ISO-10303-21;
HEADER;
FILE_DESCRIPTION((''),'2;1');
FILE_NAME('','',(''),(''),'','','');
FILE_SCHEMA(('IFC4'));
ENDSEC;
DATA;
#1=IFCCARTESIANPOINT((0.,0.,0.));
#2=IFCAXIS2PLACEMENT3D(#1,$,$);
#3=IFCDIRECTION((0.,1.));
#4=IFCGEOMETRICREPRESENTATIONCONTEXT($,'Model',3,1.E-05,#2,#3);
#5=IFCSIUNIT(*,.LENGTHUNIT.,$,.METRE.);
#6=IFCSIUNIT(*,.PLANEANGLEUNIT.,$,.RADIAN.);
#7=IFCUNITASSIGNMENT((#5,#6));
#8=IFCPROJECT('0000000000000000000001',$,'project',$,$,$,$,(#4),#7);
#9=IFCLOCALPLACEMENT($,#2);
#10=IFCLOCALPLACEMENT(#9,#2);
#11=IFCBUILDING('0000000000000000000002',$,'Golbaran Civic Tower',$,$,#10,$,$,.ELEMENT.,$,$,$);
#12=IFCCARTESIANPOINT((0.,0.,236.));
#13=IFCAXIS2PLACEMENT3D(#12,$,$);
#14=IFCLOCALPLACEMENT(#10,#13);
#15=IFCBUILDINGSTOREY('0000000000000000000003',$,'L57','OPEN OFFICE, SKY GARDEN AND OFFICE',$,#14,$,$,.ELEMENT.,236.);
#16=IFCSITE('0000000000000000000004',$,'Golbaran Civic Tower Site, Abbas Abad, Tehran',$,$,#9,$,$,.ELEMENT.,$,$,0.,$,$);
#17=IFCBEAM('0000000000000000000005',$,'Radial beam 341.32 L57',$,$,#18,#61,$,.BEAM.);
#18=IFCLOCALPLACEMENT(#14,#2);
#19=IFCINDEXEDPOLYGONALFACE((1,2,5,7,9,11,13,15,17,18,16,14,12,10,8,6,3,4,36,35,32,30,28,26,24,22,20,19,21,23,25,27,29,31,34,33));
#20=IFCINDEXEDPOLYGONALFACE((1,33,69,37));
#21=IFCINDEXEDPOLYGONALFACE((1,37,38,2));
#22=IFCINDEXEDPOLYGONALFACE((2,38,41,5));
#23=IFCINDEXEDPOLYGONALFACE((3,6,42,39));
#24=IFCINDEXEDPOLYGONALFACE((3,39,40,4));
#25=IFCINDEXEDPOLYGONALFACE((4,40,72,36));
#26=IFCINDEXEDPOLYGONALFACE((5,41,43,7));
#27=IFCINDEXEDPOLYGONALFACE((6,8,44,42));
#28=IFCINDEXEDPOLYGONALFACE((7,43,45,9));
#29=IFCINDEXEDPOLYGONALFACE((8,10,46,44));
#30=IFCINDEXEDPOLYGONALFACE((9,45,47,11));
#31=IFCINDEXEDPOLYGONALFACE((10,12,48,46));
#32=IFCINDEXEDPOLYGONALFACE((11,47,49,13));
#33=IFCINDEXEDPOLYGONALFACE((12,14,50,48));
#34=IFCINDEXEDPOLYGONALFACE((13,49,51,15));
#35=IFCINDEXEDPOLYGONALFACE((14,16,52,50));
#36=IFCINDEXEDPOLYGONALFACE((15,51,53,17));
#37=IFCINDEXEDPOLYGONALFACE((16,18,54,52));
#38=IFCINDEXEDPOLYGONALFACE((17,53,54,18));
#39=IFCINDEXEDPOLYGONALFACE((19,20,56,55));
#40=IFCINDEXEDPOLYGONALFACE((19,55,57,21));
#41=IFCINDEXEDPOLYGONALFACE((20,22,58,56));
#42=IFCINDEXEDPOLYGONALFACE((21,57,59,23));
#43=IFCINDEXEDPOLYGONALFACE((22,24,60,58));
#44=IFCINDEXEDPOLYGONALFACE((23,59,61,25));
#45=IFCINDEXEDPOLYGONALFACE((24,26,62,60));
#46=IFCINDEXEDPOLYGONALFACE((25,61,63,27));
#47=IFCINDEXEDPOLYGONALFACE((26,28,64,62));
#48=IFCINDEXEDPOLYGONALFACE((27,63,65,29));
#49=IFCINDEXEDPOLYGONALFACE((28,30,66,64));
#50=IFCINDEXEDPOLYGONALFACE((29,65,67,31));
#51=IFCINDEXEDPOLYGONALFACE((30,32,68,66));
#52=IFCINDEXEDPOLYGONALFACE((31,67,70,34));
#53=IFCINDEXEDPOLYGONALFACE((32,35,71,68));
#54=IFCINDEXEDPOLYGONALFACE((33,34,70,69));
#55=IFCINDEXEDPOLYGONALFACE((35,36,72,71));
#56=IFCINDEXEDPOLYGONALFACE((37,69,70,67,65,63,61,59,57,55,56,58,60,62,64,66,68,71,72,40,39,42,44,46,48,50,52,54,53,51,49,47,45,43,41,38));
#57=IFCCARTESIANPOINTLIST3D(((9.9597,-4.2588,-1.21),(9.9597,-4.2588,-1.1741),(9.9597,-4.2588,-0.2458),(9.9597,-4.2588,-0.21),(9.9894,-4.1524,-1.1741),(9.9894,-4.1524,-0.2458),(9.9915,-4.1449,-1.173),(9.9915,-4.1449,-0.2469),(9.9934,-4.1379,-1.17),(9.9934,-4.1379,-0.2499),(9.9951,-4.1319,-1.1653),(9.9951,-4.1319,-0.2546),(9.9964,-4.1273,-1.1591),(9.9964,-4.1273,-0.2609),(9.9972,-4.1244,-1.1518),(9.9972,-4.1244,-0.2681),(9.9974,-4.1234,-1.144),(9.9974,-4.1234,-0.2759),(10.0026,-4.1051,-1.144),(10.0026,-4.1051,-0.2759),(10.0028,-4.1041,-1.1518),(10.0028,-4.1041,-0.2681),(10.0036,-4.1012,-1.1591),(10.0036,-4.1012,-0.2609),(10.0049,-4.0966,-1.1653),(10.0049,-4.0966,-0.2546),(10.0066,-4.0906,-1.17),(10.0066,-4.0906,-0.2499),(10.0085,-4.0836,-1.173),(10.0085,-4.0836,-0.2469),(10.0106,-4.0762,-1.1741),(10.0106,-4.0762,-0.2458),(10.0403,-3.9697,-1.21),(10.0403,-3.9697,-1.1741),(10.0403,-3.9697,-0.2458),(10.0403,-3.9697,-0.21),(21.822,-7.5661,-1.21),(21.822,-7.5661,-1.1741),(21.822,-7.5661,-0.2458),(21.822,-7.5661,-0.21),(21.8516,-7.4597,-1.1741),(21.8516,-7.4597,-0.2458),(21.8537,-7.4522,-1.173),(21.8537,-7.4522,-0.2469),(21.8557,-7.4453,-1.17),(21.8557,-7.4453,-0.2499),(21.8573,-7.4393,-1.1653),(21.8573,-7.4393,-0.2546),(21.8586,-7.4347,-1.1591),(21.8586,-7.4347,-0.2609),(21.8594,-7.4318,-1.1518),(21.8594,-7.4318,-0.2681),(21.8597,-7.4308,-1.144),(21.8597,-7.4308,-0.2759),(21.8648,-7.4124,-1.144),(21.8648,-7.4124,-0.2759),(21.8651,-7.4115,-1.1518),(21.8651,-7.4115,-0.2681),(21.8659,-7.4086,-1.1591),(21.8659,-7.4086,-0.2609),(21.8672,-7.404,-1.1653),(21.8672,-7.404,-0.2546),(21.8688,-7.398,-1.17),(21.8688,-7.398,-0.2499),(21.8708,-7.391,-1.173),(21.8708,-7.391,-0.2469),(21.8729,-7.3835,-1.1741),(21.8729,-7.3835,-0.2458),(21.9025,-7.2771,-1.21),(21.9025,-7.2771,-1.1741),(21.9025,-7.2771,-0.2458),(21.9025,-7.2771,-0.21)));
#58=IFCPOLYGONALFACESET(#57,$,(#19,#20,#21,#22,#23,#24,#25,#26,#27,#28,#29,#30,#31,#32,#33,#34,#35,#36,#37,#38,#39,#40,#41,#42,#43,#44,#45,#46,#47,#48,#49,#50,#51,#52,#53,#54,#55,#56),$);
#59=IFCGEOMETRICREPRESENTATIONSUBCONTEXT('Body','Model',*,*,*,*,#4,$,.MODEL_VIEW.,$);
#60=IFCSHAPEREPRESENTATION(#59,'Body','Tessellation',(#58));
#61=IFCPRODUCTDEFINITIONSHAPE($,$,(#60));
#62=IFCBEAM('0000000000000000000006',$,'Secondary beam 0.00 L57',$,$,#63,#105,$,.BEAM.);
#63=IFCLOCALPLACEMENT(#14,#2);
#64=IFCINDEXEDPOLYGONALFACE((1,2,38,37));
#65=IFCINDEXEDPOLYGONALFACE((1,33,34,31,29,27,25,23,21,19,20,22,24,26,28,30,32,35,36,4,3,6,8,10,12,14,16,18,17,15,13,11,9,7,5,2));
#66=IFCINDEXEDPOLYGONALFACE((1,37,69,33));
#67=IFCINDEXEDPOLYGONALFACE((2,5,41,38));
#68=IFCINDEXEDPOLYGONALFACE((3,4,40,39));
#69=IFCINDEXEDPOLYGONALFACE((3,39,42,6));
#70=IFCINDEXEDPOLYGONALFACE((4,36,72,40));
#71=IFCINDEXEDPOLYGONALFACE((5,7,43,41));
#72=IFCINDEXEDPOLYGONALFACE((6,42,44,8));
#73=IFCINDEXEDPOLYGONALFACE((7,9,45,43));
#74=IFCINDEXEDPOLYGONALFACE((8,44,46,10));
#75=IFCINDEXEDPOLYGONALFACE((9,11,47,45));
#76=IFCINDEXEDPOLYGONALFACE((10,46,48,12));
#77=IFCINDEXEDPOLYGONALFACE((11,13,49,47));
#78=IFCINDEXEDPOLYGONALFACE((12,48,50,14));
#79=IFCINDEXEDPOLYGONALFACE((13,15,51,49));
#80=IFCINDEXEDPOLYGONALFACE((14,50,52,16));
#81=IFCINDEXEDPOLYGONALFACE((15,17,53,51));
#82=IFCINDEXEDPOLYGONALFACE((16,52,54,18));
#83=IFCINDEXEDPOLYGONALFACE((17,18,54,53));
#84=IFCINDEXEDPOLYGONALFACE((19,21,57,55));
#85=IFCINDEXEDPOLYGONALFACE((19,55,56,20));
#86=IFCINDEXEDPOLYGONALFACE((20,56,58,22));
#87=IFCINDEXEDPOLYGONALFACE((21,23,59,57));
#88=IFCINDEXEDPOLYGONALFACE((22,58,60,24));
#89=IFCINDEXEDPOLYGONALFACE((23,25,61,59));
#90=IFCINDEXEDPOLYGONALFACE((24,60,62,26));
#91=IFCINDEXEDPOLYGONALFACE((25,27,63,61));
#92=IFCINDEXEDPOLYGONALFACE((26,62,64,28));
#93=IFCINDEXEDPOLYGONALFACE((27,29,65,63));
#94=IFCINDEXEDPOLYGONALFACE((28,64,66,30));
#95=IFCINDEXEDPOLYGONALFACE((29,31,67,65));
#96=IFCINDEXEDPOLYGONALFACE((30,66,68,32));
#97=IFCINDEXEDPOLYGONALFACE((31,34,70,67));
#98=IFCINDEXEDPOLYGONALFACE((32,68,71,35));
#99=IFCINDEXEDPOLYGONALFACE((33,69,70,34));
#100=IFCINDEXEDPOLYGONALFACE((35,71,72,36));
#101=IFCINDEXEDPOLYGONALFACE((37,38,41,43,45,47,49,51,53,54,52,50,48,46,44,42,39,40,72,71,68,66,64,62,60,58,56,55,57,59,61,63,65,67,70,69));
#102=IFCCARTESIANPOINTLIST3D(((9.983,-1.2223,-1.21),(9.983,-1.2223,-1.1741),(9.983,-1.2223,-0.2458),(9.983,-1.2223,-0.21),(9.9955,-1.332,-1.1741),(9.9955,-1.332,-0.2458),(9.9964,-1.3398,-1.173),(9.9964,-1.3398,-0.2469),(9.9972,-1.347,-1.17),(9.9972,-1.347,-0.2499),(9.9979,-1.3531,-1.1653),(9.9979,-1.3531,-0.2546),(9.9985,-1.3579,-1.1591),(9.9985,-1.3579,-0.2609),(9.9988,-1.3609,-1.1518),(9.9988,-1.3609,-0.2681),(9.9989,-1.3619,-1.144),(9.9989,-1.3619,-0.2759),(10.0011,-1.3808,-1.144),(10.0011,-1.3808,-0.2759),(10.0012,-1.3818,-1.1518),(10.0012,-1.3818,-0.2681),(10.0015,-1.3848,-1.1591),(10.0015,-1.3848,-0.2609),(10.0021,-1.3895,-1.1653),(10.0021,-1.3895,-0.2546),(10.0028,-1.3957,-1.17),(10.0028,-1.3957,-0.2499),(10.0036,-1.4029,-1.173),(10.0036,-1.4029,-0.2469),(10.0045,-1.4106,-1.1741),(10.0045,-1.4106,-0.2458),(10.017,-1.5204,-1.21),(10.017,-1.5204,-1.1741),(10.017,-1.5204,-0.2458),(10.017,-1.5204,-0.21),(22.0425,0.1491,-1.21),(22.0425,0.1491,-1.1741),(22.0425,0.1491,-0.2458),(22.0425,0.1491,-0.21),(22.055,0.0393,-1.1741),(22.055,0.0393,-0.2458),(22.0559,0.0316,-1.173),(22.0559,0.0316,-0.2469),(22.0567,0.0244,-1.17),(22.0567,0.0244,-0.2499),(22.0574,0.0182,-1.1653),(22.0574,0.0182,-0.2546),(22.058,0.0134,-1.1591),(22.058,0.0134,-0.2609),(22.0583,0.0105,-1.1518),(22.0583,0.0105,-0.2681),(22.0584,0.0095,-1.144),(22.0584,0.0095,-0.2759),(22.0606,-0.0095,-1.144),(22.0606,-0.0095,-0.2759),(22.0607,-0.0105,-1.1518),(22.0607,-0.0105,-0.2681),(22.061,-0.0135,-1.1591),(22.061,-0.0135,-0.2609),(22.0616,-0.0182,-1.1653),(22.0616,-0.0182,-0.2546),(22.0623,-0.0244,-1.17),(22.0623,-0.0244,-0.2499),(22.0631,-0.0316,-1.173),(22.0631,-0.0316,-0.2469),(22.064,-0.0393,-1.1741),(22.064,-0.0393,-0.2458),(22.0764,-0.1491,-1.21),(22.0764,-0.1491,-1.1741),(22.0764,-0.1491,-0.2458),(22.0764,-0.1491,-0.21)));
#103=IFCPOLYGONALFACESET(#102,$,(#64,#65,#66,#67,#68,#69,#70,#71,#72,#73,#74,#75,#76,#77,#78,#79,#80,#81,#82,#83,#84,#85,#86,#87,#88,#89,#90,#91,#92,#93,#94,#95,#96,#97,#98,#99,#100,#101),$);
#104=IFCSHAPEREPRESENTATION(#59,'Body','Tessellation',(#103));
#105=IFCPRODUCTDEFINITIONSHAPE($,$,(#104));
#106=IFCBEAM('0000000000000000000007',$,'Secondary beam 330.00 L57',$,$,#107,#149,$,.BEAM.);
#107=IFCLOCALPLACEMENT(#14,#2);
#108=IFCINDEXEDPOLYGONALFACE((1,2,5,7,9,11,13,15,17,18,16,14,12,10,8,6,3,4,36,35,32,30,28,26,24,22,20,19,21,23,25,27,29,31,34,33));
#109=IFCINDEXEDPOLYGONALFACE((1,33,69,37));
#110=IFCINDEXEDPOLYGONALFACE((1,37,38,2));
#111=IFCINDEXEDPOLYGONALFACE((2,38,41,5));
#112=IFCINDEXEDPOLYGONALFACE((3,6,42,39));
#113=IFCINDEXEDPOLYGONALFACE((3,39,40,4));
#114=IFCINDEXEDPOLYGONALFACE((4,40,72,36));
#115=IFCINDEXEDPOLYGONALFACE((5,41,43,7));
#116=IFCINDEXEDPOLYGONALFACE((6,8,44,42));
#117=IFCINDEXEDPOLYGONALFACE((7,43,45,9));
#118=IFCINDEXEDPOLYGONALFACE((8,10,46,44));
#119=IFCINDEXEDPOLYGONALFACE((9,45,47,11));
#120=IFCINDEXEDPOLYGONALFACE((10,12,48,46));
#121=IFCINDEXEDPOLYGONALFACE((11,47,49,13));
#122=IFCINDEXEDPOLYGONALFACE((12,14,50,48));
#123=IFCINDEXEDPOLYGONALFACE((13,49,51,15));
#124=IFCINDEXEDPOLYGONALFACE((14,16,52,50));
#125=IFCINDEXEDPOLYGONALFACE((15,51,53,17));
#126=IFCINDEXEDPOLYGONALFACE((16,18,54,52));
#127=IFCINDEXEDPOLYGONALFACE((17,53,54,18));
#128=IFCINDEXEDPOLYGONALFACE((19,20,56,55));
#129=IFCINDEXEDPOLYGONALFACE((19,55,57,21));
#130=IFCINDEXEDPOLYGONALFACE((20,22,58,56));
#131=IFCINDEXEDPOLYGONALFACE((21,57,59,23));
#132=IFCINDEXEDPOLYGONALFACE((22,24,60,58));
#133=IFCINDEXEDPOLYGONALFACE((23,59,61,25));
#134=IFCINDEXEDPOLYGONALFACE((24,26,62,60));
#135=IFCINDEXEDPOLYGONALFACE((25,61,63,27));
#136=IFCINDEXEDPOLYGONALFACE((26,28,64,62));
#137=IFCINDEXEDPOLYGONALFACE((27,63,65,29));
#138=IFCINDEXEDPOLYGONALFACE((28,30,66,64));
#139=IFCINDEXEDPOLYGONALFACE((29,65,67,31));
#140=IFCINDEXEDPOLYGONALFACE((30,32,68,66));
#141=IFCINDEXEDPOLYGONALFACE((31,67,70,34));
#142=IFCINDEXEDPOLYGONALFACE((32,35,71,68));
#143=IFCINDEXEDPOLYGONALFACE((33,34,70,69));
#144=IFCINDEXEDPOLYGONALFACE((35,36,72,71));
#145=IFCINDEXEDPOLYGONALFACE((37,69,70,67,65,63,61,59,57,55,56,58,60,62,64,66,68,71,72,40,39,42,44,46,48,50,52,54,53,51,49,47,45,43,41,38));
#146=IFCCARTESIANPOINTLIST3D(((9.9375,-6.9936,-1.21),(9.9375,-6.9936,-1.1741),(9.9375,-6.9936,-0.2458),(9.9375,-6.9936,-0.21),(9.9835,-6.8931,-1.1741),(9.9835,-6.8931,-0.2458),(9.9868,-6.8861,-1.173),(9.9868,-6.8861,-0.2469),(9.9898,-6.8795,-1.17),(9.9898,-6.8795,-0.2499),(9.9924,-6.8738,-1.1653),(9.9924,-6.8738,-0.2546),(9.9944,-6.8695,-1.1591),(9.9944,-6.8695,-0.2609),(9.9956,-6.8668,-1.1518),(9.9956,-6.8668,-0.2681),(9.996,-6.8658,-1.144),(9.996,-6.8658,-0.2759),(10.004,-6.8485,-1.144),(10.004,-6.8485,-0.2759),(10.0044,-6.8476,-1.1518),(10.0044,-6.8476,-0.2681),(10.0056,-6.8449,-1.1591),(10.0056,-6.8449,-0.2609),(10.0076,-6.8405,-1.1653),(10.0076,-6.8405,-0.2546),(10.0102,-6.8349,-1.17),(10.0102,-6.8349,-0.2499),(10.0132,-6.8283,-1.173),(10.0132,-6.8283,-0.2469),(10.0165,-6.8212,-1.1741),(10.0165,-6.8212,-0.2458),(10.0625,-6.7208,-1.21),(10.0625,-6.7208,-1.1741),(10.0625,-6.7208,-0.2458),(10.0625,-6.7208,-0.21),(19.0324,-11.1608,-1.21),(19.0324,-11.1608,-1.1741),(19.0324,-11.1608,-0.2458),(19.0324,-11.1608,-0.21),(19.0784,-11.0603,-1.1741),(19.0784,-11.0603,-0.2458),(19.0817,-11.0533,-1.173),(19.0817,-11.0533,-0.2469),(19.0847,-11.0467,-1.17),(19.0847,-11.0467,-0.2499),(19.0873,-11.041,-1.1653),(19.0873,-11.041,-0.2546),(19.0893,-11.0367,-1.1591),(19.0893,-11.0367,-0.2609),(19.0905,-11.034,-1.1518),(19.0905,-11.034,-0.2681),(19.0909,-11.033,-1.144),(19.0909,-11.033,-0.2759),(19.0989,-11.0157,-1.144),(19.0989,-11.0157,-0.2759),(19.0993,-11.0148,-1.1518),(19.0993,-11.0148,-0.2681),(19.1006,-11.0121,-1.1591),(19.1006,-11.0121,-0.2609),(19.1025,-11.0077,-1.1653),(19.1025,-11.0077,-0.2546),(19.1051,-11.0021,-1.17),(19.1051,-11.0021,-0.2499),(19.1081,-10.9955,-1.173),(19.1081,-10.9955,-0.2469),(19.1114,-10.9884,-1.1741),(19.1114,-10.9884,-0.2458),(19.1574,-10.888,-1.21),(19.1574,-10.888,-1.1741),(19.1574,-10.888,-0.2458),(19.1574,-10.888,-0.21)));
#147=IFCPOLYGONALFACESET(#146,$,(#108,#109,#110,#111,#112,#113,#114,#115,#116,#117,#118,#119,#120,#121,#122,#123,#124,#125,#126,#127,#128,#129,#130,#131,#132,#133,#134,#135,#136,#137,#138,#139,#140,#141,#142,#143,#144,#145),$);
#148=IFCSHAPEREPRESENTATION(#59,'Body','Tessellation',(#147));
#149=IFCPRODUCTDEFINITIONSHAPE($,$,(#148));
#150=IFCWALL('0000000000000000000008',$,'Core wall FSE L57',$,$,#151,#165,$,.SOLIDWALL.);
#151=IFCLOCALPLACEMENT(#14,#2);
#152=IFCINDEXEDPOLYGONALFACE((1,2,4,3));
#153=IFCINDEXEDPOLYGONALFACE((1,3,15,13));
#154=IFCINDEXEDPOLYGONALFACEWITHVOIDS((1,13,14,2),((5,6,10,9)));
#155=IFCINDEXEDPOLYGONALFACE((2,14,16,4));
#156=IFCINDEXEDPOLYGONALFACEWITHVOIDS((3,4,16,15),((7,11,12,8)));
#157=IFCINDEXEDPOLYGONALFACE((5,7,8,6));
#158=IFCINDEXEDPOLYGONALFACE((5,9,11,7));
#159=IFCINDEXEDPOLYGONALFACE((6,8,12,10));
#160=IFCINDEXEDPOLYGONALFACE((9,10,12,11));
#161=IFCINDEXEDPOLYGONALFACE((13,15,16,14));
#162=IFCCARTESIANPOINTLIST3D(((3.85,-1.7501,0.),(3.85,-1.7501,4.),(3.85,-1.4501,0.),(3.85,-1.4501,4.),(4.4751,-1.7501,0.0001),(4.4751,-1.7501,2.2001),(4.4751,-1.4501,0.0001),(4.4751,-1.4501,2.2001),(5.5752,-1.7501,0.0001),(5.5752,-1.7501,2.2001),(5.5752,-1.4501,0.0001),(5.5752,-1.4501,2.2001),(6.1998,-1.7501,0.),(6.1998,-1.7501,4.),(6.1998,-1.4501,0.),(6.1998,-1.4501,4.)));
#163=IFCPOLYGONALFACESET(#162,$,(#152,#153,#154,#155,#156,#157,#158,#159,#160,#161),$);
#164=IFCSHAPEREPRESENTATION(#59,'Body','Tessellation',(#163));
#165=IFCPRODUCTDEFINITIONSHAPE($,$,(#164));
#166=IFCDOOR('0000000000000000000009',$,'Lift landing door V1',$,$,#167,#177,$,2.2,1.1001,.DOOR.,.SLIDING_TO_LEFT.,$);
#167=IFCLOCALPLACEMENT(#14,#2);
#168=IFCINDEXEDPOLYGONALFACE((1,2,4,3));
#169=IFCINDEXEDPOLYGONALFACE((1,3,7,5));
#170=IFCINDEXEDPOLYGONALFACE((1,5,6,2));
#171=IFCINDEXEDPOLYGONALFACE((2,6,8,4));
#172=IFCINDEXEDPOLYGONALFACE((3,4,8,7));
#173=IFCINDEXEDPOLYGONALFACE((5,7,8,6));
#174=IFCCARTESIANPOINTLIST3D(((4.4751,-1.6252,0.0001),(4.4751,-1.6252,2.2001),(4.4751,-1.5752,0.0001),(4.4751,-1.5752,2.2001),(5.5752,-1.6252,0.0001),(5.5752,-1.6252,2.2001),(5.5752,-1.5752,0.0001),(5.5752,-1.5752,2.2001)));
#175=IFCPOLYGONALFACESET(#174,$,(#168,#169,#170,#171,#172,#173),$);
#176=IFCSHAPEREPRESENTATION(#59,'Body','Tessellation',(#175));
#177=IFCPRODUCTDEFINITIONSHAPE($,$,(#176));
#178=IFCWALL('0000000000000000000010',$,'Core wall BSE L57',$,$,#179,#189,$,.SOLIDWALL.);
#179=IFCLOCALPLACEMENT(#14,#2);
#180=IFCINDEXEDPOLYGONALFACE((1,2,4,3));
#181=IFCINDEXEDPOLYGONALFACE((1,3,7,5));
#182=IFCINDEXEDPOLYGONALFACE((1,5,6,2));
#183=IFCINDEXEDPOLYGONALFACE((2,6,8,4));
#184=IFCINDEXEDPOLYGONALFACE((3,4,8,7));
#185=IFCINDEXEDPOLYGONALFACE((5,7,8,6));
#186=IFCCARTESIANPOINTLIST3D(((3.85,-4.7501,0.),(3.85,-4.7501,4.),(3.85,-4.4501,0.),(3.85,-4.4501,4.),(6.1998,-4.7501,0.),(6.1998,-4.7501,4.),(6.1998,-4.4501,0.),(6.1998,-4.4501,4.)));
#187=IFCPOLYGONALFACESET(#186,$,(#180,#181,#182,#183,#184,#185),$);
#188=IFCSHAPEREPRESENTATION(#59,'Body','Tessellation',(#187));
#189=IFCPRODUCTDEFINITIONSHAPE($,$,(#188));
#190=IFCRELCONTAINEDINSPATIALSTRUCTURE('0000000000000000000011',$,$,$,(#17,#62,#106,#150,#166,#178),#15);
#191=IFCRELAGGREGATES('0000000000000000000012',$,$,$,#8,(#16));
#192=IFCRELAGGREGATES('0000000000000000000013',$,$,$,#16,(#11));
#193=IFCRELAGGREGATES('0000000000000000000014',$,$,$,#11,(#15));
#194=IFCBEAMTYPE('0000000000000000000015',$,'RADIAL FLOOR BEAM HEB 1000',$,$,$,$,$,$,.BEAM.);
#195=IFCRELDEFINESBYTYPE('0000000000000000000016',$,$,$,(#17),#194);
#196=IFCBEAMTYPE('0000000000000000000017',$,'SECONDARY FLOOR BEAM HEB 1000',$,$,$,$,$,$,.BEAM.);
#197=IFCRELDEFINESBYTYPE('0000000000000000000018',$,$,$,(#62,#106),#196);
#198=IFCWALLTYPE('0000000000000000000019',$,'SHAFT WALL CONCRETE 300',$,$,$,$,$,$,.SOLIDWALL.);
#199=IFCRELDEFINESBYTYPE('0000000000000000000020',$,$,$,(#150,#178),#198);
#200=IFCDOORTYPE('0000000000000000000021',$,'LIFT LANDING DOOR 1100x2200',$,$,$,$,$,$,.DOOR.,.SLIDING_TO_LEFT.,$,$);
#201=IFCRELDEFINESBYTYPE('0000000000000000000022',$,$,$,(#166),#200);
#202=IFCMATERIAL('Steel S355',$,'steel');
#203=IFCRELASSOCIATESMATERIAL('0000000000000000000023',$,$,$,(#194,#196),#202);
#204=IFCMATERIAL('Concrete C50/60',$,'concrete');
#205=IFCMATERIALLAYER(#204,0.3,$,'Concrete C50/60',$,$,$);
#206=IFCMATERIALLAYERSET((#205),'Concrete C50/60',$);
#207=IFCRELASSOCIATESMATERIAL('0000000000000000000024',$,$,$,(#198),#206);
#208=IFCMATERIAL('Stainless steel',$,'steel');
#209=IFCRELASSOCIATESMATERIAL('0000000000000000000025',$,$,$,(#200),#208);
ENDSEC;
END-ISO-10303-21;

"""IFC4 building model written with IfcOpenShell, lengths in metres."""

from ifc_helpers import new_model, si_unit, direction, frame, frame_2d, origin, origin_2d, place, context, subcontext, project, spatial, rectangle, i_section, extrude, material, layer, layer_set, material_profile, profile_set, type_object, element, fill, save


model = new_model("IFC4")

# Units and contexts
model_context = context("Model", 3, precision=1e-05, world=origin(), true_north=direction((0.0, 1.0)))
body_context = subcontext(model_context, "Body", "Model", "MODEL_VIEW")
ifc_project = project(units=[si_unit("LENGTHUNIT", "METRE"), si_unit("PLANEANGLEUNIT", "RADIAN")], contexts=[model_context])

# Site, building, storey
site_placement = place(None, origin())
site = spatial("IfcSite", under=ifc_project, at=site_placement, Name="Golbaran Civic Tower Site, Abbas Abad, Tehran", CompositionType="ELEMENT", RefElevation=0.0)
building_placement = place(site_placement, origin())
building = spatial("IfcBuilding", under=site, at=building_placement, Name="Golbaran Civic Tower", CompositionType="ELEMENT")
storey_placement = place(building_placement, frame((0.0, 0.0, 236.0)))
storey = spatial("IfcBuildingStorey", under=building, at=storey_placement, Name="L57", Description="OPEN OFFICE, SKY GARDEN AND OFFICE", CompositionType="ELEMENT", Elevation=236.0)

# Beams
ifc_material_1 = material(Name="Steel S355", Category="steel")
ifc_material_profile_1 = material_profile(ifc_material_1, i_section(OverallWidth=0.3, OverallDepth=1.0, WebThickness=0.019, FlangeThickness=0.0359, FilletRadius=0.03, at=origin_2d()), Name="HEB 1000")
ifc_profile_set_1 = profile_set([ifc_material_profile_1], Name="Steel S355")
beam_type_1 = type_object("IfcBeamType", Name="RADIAL FLOOR BEAM HEB 1000", PredefinedType="BEAM", material=ifc_profile_set_1)
beam_1_placement = place(storey_placement, frame((10.0, -4.1143, -0.71), z_axis=(0.96326, -0.26857, 0.0), x_axis=(0.26857, 0.96326, 0.0)))
element("IfcBeam", 1, at=beam_1_placement, inside=storey, type_object=beam_type_1, Name="Radial beam 341.32 L57", PredefinedType="BEAM", context=body_context, shape_type="SweptSolid", body=[
    extrude(i_section(OverallWidth=0.3, OverallDepth=1.0, WebThickness=0.019, FlangeThickness=0.0359, FilletRadius=0.03, at=origin_2d()), origin(), (0.0, 0.0, 1.0), 12.3147),
])
ifc_material_profile_2 = material_profile(ifc_material_1, i_section(OverallWidth=0.3, OverallDepth=1.0, WebThickness=0.019, FlangeThickness=0.0359, FilletRadius=0.03, at=origin_2d()), Name="HEB 1000")
ifc_profile_set_2 = profile_set([ifc_material_profile_2], Name="Steel S355")
beam_type_2 = type_object("IfcBeamType", Name="SECONDARY FLOOR BEAM HEB 1000", PredefinedType="BEAM", material=ifc_profile_set_2)
beam_2_placement = place(storey_placement, frame((10.0, -1.3713, -0.71), z_axis=(0.993597, 0.112986, 0.0), x_axis=(-0.112986, 0.993597, 0.0)))
element("IfcBeam", 2, at=beam_2_placement, inside=storey, type_object=beam_type_2, Name="Secondary beam 0.00 L57", PredefinedType="BEAM", context=body_context, shape_type="SweptSolid", body=[
    extrude(i_section(OverallWidth=0.3, OverallDepth=1.0, WebThickness=0.019, FlangeThickness=0.0359, FilletRadius=0.03, at=origin_2d()), origin(), (0.0, 0.0, 1.0), 12.1372),
])
beam_3_placement = place(storey_placement, frame((10.0, -6.8572, -0.71), z_axis=(0.909114, -0.416548, 0.0), x_axis=(0.416548, 0.909114, 0.0)))
element("IfcBeam", 3, at=beam_3_placement, inside=storey, type_object=beam_type_2, Name="Secondary beam 330.00 L57", PredefinedType="BEAM", context=body_context, shape_type="SweptSolid", body=[
    extrude(i_section(OverallWidth=0.3, OverallDepth=1.0, WebThickness=0.019, FlangeThickness=0.0359, FilletRadius=0.03, at=origin_2d()), origin(), (0.0, 0.0, 1.0), 10.0042),
])

# Wall, opening, door
ifc_material_2 = material(Name="Concrete C50/60", Category="concrete")
ifc_layer = layer(ifc_material_2, 0.3, Name="Concrete C50/60")
ifc_layer_set = layer_set([ifc_layer], Name="Concrete C50/60")
wall_type = type_object("IfcWallType", Name="SHAFT WALL CONCRETE 300", PredefinedType="SOLIDWALL", material=ifc_layer_set)
wall_1_placement = place(storey_placement, frame((3.8501, -1.6001, 0.0), z_axis=(0.0, 0.0, 1.0), x_axis=(1.0, 0.0, 0.0)))
wall_1 = element("IfcWall", 4, at=wall_1_placement, inside=storey, type_object=wall_type, Name="Core wall FSE L57", PredefinedType="SOLIDWALL", context=body_context, shape_type="SweptSolid", body=[
    extrude(rectangle(XDim=2.3499, YDim=0.3, at=frame_2d((1.1748, 0.0))), origin(), (0.0, 0.0, 1.0), 4.0),
])
opening_1_placement = place(wall_1_placement, frame((0.625, 0.0, 0.0)))
opening_1 = element("IfcOpeningElement", 5, at=opening_1_placement, cuts=wall_1, PredefinedType="OPENING", context=body_context, shape_type="SweptSolid", body=[
    extrude(rectangle(XDim=1.1001, YDim=2.2, at=frame_2d((0.55, 1.1001))), frame((0.0, 0.1599, 0.0), z_axis=(0.0, -1.0, 0.0), x_axis=(1.0, 0.0, 0.0)), (0.0, 0.0, 1.0), 0.3201),
])
ifc_material_3 = material(Name="Stainless steel", Category="steel")
door_type_1 = type_object("IfcDoorType", Name="LIFT LANDING DOOR 1100x2200", OperationType="SLIDING_TO_LEFT", PredefinedType="DOOR", material=ifc_material_3)
door_1_placement = place(opening_1_placement, origin())
door_1 = element("IfcDoor", 6, at=door_1_placement, inside=storey, type_object=door_type_1, Name="Lift landing door V1", OperationType="SLIDING_TO_LEFT", OverallHeight=2.2, OverallWidth=1.1001, PredefinedType="DOOR", context=body_context, shape_type="SweptSolid", body=[
    extrude(rectangle(XDim=1.1001, YDim=2.2, at=frame_2d((0.55, 1.1001))), frame((0.0, 0.0249, 0.0), z_axis=(0.0, -1.0, 0.0), x_axis=(1.0, 0.0, 0.0)), (0.0, 0.0, 1.0), 0.05),
])
fill(opening_1, door_1)

# Wall
wall_2_placement = place(storey_placement, frame((3.8501, -4.6001, 0.0), z_axis=(0.0, 0.0, 1.0), x_axis=(1.0, 0.0, 0.0)))
element("IfcWall", 7, at=wall_2_placement, inside=storey, type_object=wall_type, Name="Core wall BSE L57", PredefinedType="SOLIDWALL", context=body_context, shape_type="SweptSolid", body=[
    extrude(rectangle(XDim=2.3499, YDim=0.3, at=frame_2d((1.1748, 0.0))), origin(), (0.0, 0.0, 1.0), 4.0),
])

save(model, "model.ifc")
